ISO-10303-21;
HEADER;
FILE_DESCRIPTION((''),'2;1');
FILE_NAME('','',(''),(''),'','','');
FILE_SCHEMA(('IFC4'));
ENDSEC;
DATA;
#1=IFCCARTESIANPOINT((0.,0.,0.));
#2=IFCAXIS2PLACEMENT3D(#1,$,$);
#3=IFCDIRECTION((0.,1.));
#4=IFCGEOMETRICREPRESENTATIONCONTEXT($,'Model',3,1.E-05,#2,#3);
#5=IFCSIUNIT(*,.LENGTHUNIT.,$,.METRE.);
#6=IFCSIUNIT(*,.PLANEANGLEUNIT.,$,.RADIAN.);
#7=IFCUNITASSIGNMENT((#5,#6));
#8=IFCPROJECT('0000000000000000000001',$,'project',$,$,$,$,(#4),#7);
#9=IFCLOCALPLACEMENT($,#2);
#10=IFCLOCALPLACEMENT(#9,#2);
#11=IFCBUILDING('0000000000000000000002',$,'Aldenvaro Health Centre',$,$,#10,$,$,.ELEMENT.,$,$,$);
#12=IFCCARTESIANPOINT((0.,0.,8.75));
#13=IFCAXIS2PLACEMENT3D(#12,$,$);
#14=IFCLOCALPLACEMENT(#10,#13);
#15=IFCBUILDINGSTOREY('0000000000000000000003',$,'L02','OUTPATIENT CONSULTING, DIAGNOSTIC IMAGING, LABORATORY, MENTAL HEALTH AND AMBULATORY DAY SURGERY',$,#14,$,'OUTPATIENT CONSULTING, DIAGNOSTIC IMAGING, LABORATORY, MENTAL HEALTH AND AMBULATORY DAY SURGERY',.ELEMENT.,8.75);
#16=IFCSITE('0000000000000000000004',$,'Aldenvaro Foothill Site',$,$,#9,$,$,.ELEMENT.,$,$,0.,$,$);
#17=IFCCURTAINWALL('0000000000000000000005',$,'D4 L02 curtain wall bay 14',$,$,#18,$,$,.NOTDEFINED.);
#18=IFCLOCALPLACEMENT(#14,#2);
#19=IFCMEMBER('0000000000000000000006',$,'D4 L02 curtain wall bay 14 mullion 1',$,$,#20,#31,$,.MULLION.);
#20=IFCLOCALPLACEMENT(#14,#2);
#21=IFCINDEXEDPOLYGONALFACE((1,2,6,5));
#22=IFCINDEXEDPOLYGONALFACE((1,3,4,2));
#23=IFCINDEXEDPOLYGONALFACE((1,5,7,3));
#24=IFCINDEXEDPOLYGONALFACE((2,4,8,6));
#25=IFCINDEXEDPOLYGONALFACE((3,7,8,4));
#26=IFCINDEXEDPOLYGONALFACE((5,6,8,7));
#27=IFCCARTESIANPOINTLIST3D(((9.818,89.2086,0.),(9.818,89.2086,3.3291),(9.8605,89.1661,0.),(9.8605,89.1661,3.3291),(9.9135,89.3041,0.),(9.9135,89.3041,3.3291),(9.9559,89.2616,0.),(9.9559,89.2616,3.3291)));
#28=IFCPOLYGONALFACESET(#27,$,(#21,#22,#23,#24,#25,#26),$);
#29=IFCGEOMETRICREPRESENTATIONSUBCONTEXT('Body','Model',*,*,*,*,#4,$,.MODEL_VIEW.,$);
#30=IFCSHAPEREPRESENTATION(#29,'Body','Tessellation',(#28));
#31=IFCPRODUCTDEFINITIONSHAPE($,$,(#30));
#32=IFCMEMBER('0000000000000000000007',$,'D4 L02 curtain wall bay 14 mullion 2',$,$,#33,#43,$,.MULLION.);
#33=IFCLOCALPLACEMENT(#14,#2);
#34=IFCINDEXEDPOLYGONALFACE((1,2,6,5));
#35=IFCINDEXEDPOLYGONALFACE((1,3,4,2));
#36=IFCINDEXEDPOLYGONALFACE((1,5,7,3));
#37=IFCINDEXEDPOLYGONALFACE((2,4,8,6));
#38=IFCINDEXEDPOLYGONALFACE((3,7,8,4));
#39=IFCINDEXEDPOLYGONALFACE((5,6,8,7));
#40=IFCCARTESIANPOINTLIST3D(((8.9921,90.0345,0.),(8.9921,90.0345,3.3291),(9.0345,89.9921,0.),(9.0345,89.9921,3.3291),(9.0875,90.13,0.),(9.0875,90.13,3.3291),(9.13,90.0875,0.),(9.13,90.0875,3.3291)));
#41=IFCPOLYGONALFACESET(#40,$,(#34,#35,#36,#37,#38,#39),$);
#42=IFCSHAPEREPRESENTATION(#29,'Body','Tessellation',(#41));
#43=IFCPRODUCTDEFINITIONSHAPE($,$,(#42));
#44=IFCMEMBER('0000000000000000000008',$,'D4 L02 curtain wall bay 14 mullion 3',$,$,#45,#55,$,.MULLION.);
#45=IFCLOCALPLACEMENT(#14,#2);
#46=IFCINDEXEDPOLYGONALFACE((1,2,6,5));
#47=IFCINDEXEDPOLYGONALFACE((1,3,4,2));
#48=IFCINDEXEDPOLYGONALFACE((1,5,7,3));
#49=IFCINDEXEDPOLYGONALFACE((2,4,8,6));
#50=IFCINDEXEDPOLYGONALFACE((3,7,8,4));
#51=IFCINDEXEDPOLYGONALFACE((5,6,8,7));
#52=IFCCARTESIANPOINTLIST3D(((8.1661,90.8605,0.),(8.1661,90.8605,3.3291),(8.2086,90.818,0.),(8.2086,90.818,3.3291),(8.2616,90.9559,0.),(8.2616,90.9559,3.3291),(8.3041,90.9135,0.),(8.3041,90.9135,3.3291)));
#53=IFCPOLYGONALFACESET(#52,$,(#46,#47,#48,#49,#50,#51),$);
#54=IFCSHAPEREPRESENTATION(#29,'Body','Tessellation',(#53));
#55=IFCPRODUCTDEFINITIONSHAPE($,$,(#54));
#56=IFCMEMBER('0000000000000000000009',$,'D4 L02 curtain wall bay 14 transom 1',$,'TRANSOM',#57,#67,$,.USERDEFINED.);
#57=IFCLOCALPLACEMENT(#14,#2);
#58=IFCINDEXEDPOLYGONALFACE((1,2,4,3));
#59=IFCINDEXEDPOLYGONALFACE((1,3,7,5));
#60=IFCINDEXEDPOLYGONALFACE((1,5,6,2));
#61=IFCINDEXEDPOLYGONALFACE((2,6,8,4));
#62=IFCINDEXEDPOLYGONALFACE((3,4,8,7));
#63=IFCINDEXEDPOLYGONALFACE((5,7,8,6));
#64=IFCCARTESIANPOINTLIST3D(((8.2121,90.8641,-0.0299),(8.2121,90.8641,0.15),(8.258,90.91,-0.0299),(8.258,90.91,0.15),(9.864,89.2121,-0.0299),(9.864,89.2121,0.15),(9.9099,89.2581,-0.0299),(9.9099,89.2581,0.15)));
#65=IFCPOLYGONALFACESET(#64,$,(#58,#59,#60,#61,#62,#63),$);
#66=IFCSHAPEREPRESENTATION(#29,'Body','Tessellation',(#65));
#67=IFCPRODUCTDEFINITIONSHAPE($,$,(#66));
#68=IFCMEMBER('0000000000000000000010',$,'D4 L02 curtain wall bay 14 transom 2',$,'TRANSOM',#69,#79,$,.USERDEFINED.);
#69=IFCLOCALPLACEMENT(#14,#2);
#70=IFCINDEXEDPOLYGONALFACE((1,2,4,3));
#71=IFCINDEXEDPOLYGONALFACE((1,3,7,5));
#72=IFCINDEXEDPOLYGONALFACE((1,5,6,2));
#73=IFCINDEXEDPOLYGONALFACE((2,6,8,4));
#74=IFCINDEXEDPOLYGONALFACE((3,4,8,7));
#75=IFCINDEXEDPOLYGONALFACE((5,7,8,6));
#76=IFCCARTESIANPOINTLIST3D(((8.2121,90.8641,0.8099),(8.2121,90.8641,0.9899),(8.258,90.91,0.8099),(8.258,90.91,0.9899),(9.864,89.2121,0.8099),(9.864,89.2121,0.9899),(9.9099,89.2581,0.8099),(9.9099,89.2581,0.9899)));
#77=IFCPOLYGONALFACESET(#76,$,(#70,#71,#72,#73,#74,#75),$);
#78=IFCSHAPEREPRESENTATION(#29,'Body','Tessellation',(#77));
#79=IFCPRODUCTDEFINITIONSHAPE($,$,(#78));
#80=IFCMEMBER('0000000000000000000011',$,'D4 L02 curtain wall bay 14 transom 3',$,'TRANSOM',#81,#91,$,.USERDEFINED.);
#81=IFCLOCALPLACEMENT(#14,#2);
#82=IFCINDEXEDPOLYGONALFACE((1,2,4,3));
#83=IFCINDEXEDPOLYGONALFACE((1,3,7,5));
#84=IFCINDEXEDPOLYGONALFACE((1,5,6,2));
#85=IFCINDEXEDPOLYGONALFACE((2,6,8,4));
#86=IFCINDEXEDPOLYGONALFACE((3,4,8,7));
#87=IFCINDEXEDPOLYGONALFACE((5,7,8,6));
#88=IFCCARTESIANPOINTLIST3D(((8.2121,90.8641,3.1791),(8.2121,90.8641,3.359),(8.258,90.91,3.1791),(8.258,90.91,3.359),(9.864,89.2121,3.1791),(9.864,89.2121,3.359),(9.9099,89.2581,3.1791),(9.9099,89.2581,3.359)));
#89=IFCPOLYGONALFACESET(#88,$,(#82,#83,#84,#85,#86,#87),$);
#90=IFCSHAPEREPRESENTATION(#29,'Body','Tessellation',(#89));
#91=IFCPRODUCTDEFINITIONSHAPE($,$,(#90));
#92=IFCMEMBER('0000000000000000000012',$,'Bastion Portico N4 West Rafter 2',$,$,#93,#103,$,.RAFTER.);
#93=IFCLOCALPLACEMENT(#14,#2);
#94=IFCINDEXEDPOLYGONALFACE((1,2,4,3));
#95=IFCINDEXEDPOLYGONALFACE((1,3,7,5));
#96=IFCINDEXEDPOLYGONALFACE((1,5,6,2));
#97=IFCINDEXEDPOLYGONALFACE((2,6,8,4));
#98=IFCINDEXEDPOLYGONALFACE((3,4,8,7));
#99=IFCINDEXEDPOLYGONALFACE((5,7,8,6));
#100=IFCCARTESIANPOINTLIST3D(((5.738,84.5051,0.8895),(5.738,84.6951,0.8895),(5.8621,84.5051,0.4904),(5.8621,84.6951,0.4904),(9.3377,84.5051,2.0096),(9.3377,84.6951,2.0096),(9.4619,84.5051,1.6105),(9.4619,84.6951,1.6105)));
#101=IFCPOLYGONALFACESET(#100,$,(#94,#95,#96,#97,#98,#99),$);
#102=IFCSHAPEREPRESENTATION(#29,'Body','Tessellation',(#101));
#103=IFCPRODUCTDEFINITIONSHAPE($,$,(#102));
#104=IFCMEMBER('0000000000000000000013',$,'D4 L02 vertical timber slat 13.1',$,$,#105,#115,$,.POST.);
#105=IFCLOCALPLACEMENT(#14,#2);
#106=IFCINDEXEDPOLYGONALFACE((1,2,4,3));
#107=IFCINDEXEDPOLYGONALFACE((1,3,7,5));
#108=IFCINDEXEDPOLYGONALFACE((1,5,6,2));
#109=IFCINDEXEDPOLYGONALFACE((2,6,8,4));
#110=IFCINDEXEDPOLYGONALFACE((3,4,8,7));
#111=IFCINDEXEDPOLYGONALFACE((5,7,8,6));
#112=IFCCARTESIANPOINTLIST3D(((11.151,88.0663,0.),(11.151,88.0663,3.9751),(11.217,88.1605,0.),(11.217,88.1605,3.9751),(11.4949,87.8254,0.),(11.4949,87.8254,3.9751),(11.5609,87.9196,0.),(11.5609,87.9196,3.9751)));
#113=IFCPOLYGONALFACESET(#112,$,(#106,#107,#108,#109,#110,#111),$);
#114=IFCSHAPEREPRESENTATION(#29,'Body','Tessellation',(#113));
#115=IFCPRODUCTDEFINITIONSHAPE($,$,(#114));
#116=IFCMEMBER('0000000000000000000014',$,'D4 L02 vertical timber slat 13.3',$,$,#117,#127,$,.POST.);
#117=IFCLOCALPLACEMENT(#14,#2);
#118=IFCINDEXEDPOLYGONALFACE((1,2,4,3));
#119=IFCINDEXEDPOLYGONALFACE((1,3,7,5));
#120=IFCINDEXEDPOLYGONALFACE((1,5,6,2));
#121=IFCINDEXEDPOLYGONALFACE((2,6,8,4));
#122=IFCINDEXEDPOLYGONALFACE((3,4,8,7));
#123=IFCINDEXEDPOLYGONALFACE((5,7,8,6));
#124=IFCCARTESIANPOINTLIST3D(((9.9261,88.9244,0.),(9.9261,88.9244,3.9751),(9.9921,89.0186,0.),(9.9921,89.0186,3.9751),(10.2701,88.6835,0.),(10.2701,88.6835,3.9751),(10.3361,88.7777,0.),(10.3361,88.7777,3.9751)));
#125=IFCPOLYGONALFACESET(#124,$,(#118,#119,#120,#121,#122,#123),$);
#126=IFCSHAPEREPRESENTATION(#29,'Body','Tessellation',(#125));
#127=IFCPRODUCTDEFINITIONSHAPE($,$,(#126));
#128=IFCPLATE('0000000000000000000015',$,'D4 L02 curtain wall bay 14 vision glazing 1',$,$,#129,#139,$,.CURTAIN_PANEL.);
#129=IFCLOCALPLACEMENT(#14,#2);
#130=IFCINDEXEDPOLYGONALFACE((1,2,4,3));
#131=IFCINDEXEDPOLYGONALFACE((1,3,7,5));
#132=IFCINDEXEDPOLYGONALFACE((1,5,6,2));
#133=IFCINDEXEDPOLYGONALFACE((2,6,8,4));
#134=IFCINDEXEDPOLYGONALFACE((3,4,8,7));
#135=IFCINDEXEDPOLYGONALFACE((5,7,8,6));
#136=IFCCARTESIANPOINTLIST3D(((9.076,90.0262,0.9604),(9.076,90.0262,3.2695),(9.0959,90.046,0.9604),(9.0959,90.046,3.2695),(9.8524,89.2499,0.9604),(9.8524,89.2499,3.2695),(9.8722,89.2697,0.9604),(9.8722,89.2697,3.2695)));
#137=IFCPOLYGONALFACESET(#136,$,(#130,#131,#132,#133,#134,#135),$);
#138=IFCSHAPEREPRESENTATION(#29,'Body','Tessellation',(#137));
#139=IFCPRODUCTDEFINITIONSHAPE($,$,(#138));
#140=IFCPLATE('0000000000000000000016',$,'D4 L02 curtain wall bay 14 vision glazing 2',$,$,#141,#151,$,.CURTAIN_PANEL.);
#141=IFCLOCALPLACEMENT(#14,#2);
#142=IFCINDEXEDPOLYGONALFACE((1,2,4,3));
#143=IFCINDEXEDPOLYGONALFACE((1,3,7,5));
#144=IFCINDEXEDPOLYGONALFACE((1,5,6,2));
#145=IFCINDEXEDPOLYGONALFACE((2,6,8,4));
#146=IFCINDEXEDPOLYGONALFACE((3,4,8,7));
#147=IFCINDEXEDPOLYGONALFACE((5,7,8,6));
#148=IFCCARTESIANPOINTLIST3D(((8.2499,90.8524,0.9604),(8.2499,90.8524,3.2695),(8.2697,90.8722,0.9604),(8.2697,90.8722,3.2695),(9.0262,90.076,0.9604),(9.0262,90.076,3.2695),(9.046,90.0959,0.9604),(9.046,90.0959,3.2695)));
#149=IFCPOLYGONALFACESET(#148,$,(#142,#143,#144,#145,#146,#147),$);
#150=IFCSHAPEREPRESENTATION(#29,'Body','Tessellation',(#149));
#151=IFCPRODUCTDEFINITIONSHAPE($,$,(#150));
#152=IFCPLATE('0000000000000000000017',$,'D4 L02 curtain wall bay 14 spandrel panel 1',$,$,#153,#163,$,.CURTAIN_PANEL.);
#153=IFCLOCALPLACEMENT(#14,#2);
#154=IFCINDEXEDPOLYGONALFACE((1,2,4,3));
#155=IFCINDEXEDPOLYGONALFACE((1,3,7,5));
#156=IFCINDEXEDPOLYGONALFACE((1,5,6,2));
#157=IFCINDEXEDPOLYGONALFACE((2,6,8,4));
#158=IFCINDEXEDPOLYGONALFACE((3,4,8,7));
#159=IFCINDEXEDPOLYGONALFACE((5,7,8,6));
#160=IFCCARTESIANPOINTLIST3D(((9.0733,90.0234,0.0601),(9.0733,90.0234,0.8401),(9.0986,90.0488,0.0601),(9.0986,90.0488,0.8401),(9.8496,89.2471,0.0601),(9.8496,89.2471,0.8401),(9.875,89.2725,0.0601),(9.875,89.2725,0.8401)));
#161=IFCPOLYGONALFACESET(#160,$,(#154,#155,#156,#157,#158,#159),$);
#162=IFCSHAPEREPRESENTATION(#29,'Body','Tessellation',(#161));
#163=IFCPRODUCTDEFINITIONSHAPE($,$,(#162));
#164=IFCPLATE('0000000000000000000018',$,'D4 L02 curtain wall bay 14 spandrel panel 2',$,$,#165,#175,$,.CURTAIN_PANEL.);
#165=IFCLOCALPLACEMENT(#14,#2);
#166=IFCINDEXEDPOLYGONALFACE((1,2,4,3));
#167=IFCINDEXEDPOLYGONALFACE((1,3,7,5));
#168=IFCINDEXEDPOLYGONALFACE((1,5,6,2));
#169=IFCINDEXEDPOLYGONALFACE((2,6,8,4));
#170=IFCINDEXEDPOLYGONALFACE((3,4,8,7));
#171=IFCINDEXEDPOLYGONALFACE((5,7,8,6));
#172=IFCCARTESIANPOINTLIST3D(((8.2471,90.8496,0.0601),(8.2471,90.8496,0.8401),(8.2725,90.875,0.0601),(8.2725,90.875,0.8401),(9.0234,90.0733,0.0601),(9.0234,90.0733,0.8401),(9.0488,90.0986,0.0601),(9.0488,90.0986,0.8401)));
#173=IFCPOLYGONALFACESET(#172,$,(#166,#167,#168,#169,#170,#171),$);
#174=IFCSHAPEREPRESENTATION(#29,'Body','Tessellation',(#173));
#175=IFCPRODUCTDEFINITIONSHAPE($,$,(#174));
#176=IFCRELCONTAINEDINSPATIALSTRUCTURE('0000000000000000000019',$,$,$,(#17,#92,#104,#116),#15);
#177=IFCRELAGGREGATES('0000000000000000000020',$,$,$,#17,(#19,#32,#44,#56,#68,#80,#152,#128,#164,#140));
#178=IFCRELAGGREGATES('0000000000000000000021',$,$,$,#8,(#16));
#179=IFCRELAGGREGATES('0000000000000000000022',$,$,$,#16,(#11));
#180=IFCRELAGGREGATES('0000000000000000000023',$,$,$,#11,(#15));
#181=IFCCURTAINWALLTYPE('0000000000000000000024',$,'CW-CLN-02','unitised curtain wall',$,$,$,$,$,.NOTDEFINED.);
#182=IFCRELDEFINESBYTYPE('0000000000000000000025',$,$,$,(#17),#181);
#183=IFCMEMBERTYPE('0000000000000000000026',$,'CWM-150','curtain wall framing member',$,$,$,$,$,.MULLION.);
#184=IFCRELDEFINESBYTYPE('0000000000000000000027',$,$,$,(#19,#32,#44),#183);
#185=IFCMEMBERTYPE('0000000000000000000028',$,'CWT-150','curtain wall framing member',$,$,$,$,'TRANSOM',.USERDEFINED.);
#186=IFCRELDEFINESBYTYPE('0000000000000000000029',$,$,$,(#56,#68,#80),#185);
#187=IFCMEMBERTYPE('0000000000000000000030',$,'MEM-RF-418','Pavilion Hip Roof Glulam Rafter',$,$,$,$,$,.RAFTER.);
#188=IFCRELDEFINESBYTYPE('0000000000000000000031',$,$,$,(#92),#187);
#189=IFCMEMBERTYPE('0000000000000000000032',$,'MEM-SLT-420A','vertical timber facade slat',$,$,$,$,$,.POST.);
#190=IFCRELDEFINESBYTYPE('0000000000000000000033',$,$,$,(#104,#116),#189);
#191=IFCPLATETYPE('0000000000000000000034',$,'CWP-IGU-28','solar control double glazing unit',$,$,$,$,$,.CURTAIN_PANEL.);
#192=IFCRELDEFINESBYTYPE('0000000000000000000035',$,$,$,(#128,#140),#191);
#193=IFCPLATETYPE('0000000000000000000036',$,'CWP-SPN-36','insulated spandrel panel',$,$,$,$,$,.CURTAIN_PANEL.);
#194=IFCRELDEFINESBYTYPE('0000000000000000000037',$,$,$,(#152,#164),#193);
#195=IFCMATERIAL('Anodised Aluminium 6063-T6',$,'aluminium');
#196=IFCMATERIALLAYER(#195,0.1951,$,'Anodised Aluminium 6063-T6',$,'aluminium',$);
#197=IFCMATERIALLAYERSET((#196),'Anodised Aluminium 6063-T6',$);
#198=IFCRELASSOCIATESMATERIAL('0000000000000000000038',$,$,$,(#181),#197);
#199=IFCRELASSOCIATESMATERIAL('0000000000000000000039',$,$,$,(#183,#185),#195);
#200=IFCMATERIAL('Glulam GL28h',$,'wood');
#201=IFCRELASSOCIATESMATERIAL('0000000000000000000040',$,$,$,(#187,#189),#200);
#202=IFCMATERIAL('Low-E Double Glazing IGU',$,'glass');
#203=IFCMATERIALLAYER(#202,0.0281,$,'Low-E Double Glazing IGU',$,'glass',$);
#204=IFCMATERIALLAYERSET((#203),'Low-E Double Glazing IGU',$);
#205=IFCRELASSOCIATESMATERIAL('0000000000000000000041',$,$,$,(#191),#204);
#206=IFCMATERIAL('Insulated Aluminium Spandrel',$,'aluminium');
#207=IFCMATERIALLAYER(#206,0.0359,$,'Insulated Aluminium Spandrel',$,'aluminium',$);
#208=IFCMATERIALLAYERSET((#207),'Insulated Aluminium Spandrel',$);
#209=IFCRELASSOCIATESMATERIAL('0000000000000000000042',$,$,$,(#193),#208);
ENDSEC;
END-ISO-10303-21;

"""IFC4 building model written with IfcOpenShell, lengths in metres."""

from ifc_helpers import new_model, si_unit, direction, frame, origin, origin_2d, place, context, subcontext, project, spatial, rectangle, extrude, material, layer, layer_set, material_profile, profile_set, type_object, element, aggregate, save


model = new_model("IFC4")

# Units and contexts
model_context = context("Model", 3, precision=1e-05, world=origin(), true_north=direction((0.0, 1.0)))
body_context = subcontext(model_context, "Body", "Model", "MODEL_VIEW")
ifc_project = project(units=[si_unit("LENGTHUNIT", "METRE"), si_unit("PLANEANGLEUNIT", "RADIAN")], contexts=[model_context])

# Site, building, storey
site_placement = place(None, origin())
site = spatial("IfcSite", under=ifc_project, at=site_placement, Name="Aldenvaro Foothill Site", CompositionType="ELEMENT", RefElevation=0.0)
building_placement = place(site_placement, origin())
building = spatial("IfcBuilding", under=site, at=building_placement, Name="Aldenvaro Health Centre", CompositionType="ELEMENT")
storey_placement = place(building_placement, frame((0.0, 0.0, 8.75)))
storey = spatial("IfcBuildingStorey", under=building, at=storey_placement, Name="L02", Description="OUTPATIENT CONSULTING, DIAGNOSTIC IMAGING, LABORATORY, MENTAL HEALTH AND AMBULATORY DAY SURGERY", LongName="OUTPATIENT CONSULTING, DIAGNOSTIC IMAGING, LABORATORY, MENTAL HEALTH AND AMBULATORY DAY SURGERY", CompositionType="ELEMENT", Elevation=8.75)

# Shared definitions
ifc_material_1 = material(Name="Glulam GL28h", Category="wood")

# Curtain wall, members
ifc_material_2 = material(Name="Anodised Aluminium 6063-T6", Category="aluminium")
ifc_layer_1 = layer(ifc_material_2, 0.1951, Name="Anodised Aluminium 6063-T6", Category="aluminium")
ifc_layer_set_1 = layer_set([ifc_layer_1], Name="Anodised Aluminium 6063-T6")
curtain_wall_type = type_object("IfcCurtainWallType", Name="CW-CLN-02", Description="unitised curtain wall", PredefinedType="NOTDEFINED", material=ifc_layer_set_1)
curtain_wall_placement = place(storey_placement, origin())
curtain_wall = element("IfcCurtainWall", 1, at=curtain_wall_placement, inside=storey, type_object=curtain_wall_type, Name="D4 L02 curtain wall bay 14", PredefinedType="NOTDEFINED")
ifc_material_profile_1 = material_profile(ifc_material_2, rectangle(XDim=0.0601, YDim=0.135, at=origin_2d()), Name="ALU 60x135", Category="aluminium")
ifc_profile_set_1 = profile_set([ifc_material_profile_1], Name="Anodised Aluminium 6063-T6")
member_type_1 = type_object("IfcMemberType", Name="CWM-150", Description="curtain wall framing member", PredefinedType="MULLION", material=ifc_profile_set_1)
member_1_placement = place(storey_placement, frame((9.887, 89.2351, 0.0), z_axis=(0.0, 0.0, 1.0), x_axis=(-0.707107, 0.707107, 0.0)))
member_1 = element("IfcMember", 2, at=member_1_placement, type_object=member_type_1, Name="D4 L02 curtain wall bay 14 mullion 1", PredefinedType="MULLION", context=body_context, shape_type="SweptSolid", body=[
    extrude(rectangle(XDim=0.0601, YDim=0.135, at=origin_2d()), origin(), (0.0, 0.0, 1.0), 3.3291),
])
member_2_placement = place(storey_placement, frame((9.061, 90.061, 0.0), z_axis=(0.0, 0.0, 1.0), x_axis=(-0.707107, 0.707107, 0.0)))
member_2 = element("IfcMember", 3, at=member_2_placement, type_object=member_type_1, Name="D4 L02 curtain wall bay 14 mullion 2", PredefinedType="MULLION", context=body_context, shape_type="SweptSolid", body=[
    extrude(rectangle(XDim=0.0601, YDim=0.135, at=origin_2d()), origin(), (0.0, 0.0, 1.0), 3.3291),
])
member_3_placement = place(storey_placement, frame((8.2351, 90.887, 0.0), z_axis=(0.0, 0.0, 1.0), x_axis=(-0.707107, 0.707107, 0.0)))
member_3 = element("IfcMember", 4, at=member_3_placement, type_object=member_type_1, Name="D4 L02 curtain wall bay 14 mullion 3", PredefinedType="MULLION", context=body_context, shape_type="SweptSolid", body=[
    extrude(rectangle(XDim=0.0601, YDim=0.135, at=origin_2d()), origin(), (0.0, 0.0, 1.0), 3.3291),
])
ifc_material_profile_2 = material_profile(ifc_material_2, rectangle(XDim=0.0649, YDim=0.1799, at=origin_2d()), Name="ALU 65x180", Category="aluminium")
ifc_profile_set_2 = profile_set([ifc_material_profile_2], Name="Anodised Aluminium 6063-T6")
member_type_2 = type_object("IfcMemberType", Name="CWT-150", Description="curtain wall framing member", ElementType="TRANSOM", PredefinedType="USERDEFINED", material=ifc_profile_set_2)
member_4_placement = place(storey_placement, frame((9.887, 89.2351, 0.0601), z_axis=(-0.707107, 0.707107, 0.0), x_axis=(-0.707107, -0.707107, 0.0)))
member_4 = element("IfcMember", 5, at=member_4_placement, type_object=member_type_2, Name="D4 L02 curtain wall bay 14 transom 1", ObjectType="TRANSOM", PredefinedType="USERDEFINED", context=body_context, shape_type="SweptSolid", body=[
    extrude(rectangle(XDim=0.0649, YDim=0.1799, at=origin_2d()), origin(), (0.0, 0.0, 1.0), 2.3362),
])
member_5_placement = place(storey_placement, frame((9.887, 89.2351, 0.8999), z_axis=(-0.707107, 0.707107, 0.0), x_axis=(-0.707107, -0.707107, 0.0)))
member_5 = element("IfcMember", 6, at=member_5_placement, type_object=member_type_2, Name="D4 L02 curtain wall bay 14 transom 2", ObjectType="TRANSOM", PredefinedType="USERDEFINED", context=body_context, shape_type="SweptSolid", body=[
    extrude(rectangle(XDim=0.0649, YDim=0.1799, at=origin_2d()), origin(), (0.0, 0.0, 1.0), 2.3362),
])
member_6_placement = place(storey_placement, frame((9.887, 89.2351, 3.269), z_axis=(-0.707107, 0.707107, 0.0), x_axis=(-0.707107, -0.707107, 0.0)))
member_6 = element("IfcMember", 7, at=member_6_placement, type_object=member_type_2, Name="D4 L02 curtain wall bay 14 transom 3", ObjectType="TRANSOM", PredefinedType="USERDEFINED", context=body_context, shape_type="SweptSolid", body=[
    extrude(rectangle(XDim=0.0649, YDim=0.1799, at=origin_2d()), origin(), (0.0, 0.0, 1.0), 2.3362),
])

# Members
ifc_material_profile_3 = material_profile(ifc_material_1, rectangle(XDim=0.1899, YDim=0.418, at=origin_2d()), Name="GL 190x418", Category="wood")
ifc_profile_set_3 = profile_set([ifc_material_profile_3], Name="Glulam GL28h")
member_type_3 = type_object("IfcMemberType", Name="MEM-RF-418", Description="Pavilion Hip Roof Glulam Rafter", PredefinedType="RAFTER", material=ifc_profile_set_3)
member_7_placement = place(storey_placement, frame((5.8, 84.6001, 0.6899), z_axis=(0.954845, 0.0, 0.297106), x_axis=(0.0, 1.0, 0.0)))
element("IfcMember", 8, at=member_7_placement, inside=storey, type_object=member_type_3, Name="Bastion Portico N4 West Rafter 2", PredefinedType="RAFTER", context=body_context, shape_type="SweptSolid", body=[
    extrude(rectangle(XDim=0.1899, YDim=0.418, at=origin_2d()), origin(), (0.0, 0.0, 1.0), 3.77),
])
ifc_material_profile_4 = material_profile(ifc_material_1, rectangle(XDim=0.115, YDim=0.4199, at=origin_2d()), Name="GL 115x420", Category="wood")
ifc_profile_set_4 = profile_set([ifc_material_profile_4], Name="Glulam GL28h")
member_type_4 = type_object("IfcMemberType", Name="MEM-SLT-420A", Description="vertical timber facade slat", PredefinedType="POST", material=ifc_profile_set_4)
for number, where, z_axis, x_axis, name in (
    (9, (11.356, 87.9929, 0.0), (0.0, 0.0, 1.0), (-0.573721, -0.819051, 0.0), "D4 L02 vertical timber slat 13.1"),
    (10, (10.1311, 88.8511, 0.0), (0.0, 0.0, 1.0), (-0.573721, -0.819051, 0.0), "D4 L02 vertical timber slat 13.3"),
):
    element("IfcMember", number, at=place(storey_placement, frame(where, z_axis=z_axis, x_axis=x_axis)), inside=storey, type_object=member_type_4, Name=name, PredefinedType="POST", context=body_context, shape_type="SweptSolid", body=[
        extrude(rectangle(XDim=0.115, YDim=0.4199, at=origin_2d()), origin(), (0.0, 0.0, 1.0), 3.9751),
    ])

# Plates
ifc_material_3 = material(Name="Low-E Double Glazing IGU", Category="glass")
ifc_layer_2 = layer(ifc_material_3, 0.0281, Name="Low-E Double Glazing IGU", Category="glass")
ifc_layer_set_2 = layer_set([ifc_layer_2], Name="Low-E Double Glazing IGU")
plate_type_1 = type_object("IfcPlateType", Name="CWP-IGU-28", Description="solar control double glazing unit", PredefinedType="CURTAIN_PANEL", material=ifc_layer_set_2)
plate_1_placement = place(storey_placement, frame((9.4741, 89.6479, 0.9604), z_axis=(0.0, 0.0, 1.0), x_axis=(-0.707107, 0.707107, 0.0)))
plate_1 = element("IfcPlate", 11, at=plate_1_placement, type_object=plate_type_1, Name="D4 L02 curtain wall bay 14 vision glazing 1", PredefinedType="CURTAIN_PANEL", context=body_context, shape_type="SweptSolid", body=[
    extrude(rectangle(XDim=1.0979, YDim=0.0281, at=origin_2d()), origin(), (0.0, 0.0, 1.0), 2.3091),
])
plate_2_placement = place(storey_placement, frame((8.6479, 90.4741, 0.9604), z_axis=(0.0, 0.0, 1.0), x_axis=(-0.707107, 0.707107, 0.0)))
plate_2 = element("IfcPlate", 12, at=plate_2_placement, type_object=plate_type_1, Name="D4 L02 curtain wall bay 14 vision glazing 2", PredefinedType="CURTAIN_PANEL", context=body_context, shape_type="SweptSolid", body=[
    extrude(rectangle(XDim=1.0979, YDim=0.0281, at=origin_2d()), origin(), (0.0, 0.0, 1.0), 2.3091),
])
ifc_material_4 = material(Name="Insulated Aluminium Spandrel", Category="aluminium")
ifc_layer_3 = layer(ifc_material_4, 0.0359, Name="Insulated Aluminium Spandrel", Category="aluminium")
ifc_layer_set_3 = layer_set([ifc_layer_3], Name="Insulated Aluminium Spandrel")
plate_type_2 = type_object("IfcPlateType", Name="CWP-SPN-36", Description="insulated spandrel panel", PredefinedType="CURTAIN_PANEL", material=ifc_layer_set_3)
plate_3_placement = place(storey_placement, frame((9.4741, 89.6479, 0.0601), z_axis=(0.0, 0.0, 1.0), x_axis=(-0.707107, 0.707107, 0.0)))
plate_3 = element("IfcPlate", 13, at=plate_3_placement, type_object=plate_type_2, Name="D4 L02 curtain wall bay 14 spandrel panel 1", PredefinedType="CURTAIN_PANEL", context=body_context, shape_type="SweptSolid", body=[
    extrude(rectangle(XDim=1.0979, YDim=0.0359, at=origin_2d()), origin(), (0.0, 0.0, 1.0), 0.78),
])
plate_4_placement = place(storey_placement, frame((8.6479, 90.4741, 0.0601), z_axis=(0.0, 0.0, 1.0), x_axis=(-0.707107, 0.707107, 0.0)))
plate_4 = element("IfcPlate", 14, at=plate_4_placement, type_object=plate_type_2, Name="D4 L02 curtain wall bay 14 spandrel panel 2", PredefinedType="CURTAIN_PANEL", context=body_context, shape_type="SweptSolid", body=[
    extrude(rectangle(XDim=1.0979, YDim=0.0359, at=origin_2d()), origin(), (0.0, 0.0, 1.0), 0.78),
])
aggregate(curtain_wall, [member_1, member_2, member_3, member_4, member_5, member_6, plate_3, plate_1, plate_4, plate_2])

save(model, "model.ifc")
